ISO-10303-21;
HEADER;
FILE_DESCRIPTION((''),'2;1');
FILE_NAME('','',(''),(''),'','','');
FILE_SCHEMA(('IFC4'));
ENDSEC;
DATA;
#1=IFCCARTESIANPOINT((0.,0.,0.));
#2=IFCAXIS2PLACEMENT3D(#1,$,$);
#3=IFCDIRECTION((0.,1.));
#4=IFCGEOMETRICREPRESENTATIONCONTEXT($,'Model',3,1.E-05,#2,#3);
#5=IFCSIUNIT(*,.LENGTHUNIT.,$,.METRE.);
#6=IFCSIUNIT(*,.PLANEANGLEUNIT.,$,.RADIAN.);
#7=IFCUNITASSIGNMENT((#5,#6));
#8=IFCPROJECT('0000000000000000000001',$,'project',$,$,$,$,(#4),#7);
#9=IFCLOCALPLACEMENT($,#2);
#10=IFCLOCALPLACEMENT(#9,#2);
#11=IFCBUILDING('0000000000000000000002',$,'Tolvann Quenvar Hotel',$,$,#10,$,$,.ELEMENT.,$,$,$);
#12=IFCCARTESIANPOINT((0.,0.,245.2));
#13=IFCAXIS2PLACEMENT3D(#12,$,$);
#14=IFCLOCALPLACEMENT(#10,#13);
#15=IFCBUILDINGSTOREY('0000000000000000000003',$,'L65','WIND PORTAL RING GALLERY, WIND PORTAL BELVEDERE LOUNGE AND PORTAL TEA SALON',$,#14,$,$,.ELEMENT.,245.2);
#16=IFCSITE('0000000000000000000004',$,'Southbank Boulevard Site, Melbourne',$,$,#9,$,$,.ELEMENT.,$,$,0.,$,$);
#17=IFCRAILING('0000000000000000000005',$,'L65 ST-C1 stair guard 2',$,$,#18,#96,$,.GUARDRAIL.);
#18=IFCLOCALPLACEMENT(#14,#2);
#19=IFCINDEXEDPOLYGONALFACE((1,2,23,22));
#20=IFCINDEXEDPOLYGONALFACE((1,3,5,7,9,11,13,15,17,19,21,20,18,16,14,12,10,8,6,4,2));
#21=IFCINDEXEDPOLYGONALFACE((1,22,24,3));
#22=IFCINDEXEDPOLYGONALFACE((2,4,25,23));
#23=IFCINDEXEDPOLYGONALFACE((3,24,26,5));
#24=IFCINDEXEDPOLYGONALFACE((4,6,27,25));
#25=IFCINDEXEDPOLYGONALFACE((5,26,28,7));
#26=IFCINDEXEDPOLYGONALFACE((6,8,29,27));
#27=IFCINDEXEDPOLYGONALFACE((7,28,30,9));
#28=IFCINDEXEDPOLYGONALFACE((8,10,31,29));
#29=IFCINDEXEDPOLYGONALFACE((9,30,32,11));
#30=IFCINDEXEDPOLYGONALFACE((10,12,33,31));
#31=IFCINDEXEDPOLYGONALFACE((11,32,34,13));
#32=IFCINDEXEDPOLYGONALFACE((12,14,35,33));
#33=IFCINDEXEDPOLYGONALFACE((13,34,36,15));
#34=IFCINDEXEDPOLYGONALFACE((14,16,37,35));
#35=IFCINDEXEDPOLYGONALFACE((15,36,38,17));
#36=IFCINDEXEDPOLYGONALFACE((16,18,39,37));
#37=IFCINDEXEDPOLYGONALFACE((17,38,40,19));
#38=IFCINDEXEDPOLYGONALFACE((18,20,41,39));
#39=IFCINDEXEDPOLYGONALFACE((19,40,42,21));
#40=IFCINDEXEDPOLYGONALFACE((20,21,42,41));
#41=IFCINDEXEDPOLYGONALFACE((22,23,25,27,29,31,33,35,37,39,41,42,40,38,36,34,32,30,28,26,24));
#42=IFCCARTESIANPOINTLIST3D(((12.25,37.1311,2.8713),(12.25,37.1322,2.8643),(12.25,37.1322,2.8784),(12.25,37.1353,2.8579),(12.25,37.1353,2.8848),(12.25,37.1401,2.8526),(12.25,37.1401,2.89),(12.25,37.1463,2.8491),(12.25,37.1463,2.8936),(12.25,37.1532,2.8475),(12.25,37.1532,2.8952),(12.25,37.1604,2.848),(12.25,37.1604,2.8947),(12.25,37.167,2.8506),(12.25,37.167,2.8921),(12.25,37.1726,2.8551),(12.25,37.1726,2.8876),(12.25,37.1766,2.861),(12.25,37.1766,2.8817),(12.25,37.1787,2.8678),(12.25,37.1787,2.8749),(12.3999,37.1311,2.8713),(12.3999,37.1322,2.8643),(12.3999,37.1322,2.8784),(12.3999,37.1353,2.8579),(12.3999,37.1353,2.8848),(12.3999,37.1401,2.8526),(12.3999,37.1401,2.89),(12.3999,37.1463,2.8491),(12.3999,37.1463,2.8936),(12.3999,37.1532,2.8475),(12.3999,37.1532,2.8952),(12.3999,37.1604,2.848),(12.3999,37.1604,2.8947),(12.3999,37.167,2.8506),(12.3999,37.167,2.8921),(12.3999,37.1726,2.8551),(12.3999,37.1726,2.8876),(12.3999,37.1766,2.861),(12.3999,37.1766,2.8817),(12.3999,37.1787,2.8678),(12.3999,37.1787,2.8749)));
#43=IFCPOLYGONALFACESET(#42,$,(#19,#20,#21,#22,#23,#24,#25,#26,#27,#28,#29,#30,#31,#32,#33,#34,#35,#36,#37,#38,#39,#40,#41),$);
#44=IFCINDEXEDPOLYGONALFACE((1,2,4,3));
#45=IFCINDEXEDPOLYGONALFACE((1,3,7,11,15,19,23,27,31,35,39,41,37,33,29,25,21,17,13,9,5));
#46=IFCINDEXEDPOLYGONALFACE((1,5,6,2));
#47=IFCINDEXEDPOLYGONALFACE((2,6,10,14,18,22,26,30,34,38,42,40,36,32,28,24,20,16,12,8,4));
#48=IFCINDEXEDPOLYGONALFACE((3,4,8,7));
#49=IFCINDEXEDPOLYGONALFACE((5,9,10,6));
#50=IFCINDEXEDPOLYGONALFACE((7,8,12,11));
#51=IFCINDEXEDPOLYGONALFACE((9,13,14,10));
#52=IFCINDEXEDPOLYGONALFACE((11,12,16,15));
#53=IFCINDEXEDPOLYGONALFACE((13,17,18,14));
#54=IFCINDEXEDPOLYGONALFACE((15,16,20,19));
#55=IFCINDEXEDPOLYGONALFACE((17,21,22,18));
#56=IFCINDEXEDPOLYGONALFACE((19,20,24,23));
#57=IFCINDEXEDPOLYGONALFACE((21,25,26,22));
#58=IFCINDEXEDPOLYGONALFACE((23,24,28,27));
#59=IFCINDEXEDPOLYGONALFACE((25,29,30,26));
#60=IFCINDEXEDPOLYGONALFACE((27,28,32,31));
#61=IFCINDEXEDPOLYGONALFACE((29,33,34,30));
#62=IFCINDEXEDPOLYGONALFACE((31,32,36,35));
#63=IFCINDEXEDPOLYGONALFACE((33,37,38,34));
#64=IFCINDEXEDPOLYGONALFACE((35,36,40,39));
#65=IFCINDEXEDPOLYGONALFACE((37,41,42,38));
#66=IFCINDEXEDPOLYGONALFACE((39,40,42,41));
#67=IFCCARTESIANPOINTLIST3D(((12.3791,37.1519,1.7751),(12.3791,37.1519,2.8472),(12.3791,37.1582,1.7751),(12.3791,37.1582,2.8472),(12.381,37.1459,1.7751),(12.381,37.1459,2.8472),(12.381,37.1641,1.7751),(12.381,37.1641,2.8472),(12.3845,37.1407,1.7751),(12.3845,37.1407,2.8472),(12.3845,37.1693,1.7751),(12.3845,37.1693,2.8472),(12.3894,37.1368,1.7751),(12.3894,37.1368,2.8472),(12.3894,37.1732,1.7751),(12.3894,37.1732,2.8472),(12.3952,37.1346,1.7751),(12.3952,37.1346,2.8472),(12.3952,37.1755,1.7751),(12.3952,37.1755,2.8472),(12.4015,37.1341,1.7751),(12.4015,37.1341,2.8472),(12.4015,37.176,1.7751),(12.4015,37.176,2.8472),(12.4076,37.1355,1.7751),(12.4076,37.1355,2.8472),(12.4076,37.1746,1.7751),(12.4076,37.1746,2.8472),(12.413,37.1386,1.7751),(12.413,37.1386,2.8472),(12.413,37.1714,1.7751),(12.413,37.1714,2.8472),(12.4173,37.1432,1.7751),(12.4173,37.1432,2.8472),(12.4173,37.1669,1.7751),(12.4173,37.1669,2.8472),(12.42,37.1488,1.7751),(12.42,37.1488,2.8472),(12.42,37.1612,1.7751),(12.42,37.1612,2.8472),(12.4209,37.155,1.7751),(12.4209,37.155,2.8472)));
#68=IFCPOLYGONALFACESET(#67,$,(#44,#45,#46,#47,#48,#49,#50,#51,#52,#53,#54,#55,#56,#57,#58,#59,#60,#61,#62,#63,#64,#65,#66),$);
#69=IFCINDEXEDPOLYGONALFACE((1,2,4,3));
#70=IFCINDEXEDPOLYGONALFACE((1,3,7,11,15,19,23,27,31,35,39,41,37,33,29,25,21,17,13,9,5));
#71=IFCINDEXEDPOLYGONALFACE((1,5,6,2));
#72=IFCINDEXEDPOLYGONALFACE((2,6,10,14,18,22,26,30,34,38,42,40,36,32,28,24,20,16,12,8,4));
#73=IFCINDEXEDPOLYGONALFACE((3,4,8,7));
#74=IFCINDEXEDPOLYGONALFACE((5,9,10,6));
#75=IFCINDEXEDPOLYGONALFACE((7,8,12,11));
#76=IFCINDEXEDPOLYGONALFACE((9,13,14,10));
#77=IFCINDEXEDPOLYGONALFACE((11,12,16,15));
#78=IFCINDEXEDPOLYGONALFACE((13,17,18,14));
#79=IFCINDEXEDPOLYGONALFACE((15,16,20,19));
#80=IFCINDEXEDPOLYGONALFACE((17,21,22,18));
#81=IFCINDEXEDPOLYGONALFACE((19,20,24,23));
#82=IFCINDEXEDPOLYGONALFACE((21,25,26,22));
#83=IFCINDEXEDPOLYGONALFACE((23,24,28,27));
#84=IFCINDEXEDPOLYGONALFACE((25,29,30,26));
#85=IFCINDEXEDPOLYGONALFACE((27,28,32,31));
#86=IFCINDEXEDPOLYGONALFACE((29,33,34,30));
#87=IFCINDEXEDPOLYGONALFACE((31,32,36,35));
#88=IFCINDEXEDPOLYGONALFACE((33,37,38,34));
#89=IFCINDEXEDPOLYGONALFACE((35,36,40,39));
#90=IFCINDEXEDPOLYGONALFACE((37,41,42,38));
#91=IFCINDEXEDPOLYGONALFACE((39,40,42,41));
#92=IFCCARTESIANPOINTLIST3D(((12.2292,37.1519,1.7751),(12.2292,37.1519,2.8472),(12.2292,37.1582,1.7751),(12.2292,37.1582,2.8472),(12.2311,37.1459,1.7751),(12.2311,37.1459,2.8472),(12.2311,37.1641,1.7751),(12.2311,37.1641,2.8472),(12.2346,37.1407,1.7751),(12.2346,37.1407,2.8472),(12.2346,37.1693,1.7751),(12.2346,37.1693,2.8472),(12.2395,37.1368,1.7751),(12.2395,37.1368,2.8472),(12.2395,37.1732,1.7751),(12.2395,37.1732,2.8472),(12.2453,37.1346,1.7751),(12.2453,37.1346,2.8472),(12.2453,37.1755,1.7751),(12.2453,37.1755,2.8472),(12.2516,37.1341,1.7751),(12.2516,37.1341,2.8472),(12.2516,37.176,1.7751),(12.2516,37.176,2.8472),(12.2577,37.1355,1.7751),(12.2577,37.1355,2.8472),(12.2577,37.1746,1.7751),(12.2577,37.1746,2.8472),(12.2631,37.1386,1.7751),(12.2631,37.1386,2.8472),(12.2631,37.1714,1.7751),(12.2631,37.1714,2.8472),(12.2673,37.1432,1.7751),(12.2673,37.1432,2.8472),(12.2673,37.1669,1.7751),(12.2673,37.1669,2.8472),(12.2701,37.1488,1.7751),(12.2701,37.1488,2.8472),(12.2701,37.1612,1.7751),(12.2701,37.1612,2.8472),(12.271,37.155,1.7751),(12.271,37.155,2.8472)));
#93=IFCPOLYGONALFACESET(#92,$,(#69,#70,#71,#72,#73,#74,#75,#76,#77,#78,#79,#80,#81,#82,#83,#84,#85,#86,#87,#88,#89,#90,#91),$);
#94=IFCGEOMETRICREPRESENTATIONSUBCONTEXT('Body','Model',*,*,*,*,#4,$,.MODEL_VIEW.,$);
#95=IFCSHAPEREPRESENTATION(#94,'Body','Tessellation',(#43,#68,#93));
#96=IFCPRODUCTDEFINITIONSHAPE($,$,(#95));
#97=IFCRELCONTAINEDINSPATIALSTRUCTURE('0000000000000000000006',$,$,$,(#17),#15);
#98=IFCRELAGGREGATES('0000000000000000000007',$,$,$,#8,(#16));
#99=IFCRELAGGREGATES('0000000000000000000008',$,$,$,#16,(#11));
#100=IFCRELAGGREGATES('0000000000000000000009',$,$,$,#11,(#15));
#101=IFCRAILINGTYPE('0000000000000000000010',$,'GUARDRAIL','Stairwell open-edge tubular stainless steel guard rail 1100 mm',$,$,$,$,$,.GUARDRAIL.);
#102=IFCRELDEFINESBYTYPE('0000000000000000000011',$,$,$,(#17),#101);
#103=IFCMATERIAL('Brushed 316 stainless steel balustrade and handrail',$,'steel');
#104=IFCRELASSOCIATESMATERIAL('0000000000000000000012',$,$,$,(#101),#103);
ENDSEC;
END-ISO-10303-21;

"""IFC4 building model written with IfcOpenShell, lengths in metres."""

from ifc_helpers import new_model, si_unit, direction, frame, origin, origin_2d, place, context, subcontext, project, spatial, circle, extrude, material, type_object, element, save


model = new_model("IFC4")

# Units and contexts
model_context = context("Model", 3, precision=1e-05, world=origin(), true_north=direction((0.0, 1.0)))
body_context = subcontext(model_context, "Body", "Model", "MODEL_VIEW")
ifc_project = project(units=[si_unit("LENGTHUNIT", "METRE"), si_unit("PLANEANGLEUNIT", "RADIAN")], contexts=[model_context])

# Site, building, storey
site_placement = place(None, origin())
site = spatial("IfcSite", under=ifc_project, at=site_placement, Name="Southbank Boulevard Site, Melbourne", CompositionType="ELEMENT", RefElevation=0.0)
building_placement = place(site_placement, origin())
building = spatial("IfcBuilding", under=site, at=building_placement, Name="Tolvann Quenvar Hotel", CompositionType="ELEMENT")
storey_placement = place(building_placement, frame((0.0, 0.0, 245.2)))
storey = spatial("IfcBuildingStorey", under=building, at=storey_placement, Name="L65", Description="WIND PORTAL RING GALLERY, WIND PORTAL BELVEDERE LOUNGE AND PORTAL TEA SALON", CompositionType="ELEMENT", Elevation=245.2)

# Railing
ifc_material_1 = material(Name="Brushed 316 stainless steel balustrade and handrail", Category="steel")
railing_type_1 = type_object("IfcRailingType", Name="GUARDRAIL", Description="Stairwell open-edge tubular stainless steel guard rail 1100 mm", PredefinedType="GUARDRAIL", material=ifc_material_1)
railing_1_placement = place(storey_placement, frame((12.3999, 37.155, 1.7751)))
element("IfcRailing", 1, at=railing_1_placement, inside=storey, type_object=railing_type_1, Name="L65 ST-C1 stair guard 2", PredefinedType="GUARDRAIL", context=body_context, shape_type="SweptSolid", body=[
    extrude(circle(Radius=0.0239, at=origin_2d()), frame((0.0, 0.0, 1.0962), z_axis=(-1.0, 0.0, 0.0), x_axis=(0.0, -1.0, 0.0)), (0.0, 0.0, 1.0), 0.1499),
    extrude(circle(Radius=0.021, at=origin_2d()), origin(), (0.0, 0.0, 1.0), 1.072),
    extrude(circle(Radius=0.021, at=origin_2d()), frame((-0.1499, 0.0, 0.0)), (0.0, 0.0, 1.0), 1.072),
])

save(model, "model.ifc")
